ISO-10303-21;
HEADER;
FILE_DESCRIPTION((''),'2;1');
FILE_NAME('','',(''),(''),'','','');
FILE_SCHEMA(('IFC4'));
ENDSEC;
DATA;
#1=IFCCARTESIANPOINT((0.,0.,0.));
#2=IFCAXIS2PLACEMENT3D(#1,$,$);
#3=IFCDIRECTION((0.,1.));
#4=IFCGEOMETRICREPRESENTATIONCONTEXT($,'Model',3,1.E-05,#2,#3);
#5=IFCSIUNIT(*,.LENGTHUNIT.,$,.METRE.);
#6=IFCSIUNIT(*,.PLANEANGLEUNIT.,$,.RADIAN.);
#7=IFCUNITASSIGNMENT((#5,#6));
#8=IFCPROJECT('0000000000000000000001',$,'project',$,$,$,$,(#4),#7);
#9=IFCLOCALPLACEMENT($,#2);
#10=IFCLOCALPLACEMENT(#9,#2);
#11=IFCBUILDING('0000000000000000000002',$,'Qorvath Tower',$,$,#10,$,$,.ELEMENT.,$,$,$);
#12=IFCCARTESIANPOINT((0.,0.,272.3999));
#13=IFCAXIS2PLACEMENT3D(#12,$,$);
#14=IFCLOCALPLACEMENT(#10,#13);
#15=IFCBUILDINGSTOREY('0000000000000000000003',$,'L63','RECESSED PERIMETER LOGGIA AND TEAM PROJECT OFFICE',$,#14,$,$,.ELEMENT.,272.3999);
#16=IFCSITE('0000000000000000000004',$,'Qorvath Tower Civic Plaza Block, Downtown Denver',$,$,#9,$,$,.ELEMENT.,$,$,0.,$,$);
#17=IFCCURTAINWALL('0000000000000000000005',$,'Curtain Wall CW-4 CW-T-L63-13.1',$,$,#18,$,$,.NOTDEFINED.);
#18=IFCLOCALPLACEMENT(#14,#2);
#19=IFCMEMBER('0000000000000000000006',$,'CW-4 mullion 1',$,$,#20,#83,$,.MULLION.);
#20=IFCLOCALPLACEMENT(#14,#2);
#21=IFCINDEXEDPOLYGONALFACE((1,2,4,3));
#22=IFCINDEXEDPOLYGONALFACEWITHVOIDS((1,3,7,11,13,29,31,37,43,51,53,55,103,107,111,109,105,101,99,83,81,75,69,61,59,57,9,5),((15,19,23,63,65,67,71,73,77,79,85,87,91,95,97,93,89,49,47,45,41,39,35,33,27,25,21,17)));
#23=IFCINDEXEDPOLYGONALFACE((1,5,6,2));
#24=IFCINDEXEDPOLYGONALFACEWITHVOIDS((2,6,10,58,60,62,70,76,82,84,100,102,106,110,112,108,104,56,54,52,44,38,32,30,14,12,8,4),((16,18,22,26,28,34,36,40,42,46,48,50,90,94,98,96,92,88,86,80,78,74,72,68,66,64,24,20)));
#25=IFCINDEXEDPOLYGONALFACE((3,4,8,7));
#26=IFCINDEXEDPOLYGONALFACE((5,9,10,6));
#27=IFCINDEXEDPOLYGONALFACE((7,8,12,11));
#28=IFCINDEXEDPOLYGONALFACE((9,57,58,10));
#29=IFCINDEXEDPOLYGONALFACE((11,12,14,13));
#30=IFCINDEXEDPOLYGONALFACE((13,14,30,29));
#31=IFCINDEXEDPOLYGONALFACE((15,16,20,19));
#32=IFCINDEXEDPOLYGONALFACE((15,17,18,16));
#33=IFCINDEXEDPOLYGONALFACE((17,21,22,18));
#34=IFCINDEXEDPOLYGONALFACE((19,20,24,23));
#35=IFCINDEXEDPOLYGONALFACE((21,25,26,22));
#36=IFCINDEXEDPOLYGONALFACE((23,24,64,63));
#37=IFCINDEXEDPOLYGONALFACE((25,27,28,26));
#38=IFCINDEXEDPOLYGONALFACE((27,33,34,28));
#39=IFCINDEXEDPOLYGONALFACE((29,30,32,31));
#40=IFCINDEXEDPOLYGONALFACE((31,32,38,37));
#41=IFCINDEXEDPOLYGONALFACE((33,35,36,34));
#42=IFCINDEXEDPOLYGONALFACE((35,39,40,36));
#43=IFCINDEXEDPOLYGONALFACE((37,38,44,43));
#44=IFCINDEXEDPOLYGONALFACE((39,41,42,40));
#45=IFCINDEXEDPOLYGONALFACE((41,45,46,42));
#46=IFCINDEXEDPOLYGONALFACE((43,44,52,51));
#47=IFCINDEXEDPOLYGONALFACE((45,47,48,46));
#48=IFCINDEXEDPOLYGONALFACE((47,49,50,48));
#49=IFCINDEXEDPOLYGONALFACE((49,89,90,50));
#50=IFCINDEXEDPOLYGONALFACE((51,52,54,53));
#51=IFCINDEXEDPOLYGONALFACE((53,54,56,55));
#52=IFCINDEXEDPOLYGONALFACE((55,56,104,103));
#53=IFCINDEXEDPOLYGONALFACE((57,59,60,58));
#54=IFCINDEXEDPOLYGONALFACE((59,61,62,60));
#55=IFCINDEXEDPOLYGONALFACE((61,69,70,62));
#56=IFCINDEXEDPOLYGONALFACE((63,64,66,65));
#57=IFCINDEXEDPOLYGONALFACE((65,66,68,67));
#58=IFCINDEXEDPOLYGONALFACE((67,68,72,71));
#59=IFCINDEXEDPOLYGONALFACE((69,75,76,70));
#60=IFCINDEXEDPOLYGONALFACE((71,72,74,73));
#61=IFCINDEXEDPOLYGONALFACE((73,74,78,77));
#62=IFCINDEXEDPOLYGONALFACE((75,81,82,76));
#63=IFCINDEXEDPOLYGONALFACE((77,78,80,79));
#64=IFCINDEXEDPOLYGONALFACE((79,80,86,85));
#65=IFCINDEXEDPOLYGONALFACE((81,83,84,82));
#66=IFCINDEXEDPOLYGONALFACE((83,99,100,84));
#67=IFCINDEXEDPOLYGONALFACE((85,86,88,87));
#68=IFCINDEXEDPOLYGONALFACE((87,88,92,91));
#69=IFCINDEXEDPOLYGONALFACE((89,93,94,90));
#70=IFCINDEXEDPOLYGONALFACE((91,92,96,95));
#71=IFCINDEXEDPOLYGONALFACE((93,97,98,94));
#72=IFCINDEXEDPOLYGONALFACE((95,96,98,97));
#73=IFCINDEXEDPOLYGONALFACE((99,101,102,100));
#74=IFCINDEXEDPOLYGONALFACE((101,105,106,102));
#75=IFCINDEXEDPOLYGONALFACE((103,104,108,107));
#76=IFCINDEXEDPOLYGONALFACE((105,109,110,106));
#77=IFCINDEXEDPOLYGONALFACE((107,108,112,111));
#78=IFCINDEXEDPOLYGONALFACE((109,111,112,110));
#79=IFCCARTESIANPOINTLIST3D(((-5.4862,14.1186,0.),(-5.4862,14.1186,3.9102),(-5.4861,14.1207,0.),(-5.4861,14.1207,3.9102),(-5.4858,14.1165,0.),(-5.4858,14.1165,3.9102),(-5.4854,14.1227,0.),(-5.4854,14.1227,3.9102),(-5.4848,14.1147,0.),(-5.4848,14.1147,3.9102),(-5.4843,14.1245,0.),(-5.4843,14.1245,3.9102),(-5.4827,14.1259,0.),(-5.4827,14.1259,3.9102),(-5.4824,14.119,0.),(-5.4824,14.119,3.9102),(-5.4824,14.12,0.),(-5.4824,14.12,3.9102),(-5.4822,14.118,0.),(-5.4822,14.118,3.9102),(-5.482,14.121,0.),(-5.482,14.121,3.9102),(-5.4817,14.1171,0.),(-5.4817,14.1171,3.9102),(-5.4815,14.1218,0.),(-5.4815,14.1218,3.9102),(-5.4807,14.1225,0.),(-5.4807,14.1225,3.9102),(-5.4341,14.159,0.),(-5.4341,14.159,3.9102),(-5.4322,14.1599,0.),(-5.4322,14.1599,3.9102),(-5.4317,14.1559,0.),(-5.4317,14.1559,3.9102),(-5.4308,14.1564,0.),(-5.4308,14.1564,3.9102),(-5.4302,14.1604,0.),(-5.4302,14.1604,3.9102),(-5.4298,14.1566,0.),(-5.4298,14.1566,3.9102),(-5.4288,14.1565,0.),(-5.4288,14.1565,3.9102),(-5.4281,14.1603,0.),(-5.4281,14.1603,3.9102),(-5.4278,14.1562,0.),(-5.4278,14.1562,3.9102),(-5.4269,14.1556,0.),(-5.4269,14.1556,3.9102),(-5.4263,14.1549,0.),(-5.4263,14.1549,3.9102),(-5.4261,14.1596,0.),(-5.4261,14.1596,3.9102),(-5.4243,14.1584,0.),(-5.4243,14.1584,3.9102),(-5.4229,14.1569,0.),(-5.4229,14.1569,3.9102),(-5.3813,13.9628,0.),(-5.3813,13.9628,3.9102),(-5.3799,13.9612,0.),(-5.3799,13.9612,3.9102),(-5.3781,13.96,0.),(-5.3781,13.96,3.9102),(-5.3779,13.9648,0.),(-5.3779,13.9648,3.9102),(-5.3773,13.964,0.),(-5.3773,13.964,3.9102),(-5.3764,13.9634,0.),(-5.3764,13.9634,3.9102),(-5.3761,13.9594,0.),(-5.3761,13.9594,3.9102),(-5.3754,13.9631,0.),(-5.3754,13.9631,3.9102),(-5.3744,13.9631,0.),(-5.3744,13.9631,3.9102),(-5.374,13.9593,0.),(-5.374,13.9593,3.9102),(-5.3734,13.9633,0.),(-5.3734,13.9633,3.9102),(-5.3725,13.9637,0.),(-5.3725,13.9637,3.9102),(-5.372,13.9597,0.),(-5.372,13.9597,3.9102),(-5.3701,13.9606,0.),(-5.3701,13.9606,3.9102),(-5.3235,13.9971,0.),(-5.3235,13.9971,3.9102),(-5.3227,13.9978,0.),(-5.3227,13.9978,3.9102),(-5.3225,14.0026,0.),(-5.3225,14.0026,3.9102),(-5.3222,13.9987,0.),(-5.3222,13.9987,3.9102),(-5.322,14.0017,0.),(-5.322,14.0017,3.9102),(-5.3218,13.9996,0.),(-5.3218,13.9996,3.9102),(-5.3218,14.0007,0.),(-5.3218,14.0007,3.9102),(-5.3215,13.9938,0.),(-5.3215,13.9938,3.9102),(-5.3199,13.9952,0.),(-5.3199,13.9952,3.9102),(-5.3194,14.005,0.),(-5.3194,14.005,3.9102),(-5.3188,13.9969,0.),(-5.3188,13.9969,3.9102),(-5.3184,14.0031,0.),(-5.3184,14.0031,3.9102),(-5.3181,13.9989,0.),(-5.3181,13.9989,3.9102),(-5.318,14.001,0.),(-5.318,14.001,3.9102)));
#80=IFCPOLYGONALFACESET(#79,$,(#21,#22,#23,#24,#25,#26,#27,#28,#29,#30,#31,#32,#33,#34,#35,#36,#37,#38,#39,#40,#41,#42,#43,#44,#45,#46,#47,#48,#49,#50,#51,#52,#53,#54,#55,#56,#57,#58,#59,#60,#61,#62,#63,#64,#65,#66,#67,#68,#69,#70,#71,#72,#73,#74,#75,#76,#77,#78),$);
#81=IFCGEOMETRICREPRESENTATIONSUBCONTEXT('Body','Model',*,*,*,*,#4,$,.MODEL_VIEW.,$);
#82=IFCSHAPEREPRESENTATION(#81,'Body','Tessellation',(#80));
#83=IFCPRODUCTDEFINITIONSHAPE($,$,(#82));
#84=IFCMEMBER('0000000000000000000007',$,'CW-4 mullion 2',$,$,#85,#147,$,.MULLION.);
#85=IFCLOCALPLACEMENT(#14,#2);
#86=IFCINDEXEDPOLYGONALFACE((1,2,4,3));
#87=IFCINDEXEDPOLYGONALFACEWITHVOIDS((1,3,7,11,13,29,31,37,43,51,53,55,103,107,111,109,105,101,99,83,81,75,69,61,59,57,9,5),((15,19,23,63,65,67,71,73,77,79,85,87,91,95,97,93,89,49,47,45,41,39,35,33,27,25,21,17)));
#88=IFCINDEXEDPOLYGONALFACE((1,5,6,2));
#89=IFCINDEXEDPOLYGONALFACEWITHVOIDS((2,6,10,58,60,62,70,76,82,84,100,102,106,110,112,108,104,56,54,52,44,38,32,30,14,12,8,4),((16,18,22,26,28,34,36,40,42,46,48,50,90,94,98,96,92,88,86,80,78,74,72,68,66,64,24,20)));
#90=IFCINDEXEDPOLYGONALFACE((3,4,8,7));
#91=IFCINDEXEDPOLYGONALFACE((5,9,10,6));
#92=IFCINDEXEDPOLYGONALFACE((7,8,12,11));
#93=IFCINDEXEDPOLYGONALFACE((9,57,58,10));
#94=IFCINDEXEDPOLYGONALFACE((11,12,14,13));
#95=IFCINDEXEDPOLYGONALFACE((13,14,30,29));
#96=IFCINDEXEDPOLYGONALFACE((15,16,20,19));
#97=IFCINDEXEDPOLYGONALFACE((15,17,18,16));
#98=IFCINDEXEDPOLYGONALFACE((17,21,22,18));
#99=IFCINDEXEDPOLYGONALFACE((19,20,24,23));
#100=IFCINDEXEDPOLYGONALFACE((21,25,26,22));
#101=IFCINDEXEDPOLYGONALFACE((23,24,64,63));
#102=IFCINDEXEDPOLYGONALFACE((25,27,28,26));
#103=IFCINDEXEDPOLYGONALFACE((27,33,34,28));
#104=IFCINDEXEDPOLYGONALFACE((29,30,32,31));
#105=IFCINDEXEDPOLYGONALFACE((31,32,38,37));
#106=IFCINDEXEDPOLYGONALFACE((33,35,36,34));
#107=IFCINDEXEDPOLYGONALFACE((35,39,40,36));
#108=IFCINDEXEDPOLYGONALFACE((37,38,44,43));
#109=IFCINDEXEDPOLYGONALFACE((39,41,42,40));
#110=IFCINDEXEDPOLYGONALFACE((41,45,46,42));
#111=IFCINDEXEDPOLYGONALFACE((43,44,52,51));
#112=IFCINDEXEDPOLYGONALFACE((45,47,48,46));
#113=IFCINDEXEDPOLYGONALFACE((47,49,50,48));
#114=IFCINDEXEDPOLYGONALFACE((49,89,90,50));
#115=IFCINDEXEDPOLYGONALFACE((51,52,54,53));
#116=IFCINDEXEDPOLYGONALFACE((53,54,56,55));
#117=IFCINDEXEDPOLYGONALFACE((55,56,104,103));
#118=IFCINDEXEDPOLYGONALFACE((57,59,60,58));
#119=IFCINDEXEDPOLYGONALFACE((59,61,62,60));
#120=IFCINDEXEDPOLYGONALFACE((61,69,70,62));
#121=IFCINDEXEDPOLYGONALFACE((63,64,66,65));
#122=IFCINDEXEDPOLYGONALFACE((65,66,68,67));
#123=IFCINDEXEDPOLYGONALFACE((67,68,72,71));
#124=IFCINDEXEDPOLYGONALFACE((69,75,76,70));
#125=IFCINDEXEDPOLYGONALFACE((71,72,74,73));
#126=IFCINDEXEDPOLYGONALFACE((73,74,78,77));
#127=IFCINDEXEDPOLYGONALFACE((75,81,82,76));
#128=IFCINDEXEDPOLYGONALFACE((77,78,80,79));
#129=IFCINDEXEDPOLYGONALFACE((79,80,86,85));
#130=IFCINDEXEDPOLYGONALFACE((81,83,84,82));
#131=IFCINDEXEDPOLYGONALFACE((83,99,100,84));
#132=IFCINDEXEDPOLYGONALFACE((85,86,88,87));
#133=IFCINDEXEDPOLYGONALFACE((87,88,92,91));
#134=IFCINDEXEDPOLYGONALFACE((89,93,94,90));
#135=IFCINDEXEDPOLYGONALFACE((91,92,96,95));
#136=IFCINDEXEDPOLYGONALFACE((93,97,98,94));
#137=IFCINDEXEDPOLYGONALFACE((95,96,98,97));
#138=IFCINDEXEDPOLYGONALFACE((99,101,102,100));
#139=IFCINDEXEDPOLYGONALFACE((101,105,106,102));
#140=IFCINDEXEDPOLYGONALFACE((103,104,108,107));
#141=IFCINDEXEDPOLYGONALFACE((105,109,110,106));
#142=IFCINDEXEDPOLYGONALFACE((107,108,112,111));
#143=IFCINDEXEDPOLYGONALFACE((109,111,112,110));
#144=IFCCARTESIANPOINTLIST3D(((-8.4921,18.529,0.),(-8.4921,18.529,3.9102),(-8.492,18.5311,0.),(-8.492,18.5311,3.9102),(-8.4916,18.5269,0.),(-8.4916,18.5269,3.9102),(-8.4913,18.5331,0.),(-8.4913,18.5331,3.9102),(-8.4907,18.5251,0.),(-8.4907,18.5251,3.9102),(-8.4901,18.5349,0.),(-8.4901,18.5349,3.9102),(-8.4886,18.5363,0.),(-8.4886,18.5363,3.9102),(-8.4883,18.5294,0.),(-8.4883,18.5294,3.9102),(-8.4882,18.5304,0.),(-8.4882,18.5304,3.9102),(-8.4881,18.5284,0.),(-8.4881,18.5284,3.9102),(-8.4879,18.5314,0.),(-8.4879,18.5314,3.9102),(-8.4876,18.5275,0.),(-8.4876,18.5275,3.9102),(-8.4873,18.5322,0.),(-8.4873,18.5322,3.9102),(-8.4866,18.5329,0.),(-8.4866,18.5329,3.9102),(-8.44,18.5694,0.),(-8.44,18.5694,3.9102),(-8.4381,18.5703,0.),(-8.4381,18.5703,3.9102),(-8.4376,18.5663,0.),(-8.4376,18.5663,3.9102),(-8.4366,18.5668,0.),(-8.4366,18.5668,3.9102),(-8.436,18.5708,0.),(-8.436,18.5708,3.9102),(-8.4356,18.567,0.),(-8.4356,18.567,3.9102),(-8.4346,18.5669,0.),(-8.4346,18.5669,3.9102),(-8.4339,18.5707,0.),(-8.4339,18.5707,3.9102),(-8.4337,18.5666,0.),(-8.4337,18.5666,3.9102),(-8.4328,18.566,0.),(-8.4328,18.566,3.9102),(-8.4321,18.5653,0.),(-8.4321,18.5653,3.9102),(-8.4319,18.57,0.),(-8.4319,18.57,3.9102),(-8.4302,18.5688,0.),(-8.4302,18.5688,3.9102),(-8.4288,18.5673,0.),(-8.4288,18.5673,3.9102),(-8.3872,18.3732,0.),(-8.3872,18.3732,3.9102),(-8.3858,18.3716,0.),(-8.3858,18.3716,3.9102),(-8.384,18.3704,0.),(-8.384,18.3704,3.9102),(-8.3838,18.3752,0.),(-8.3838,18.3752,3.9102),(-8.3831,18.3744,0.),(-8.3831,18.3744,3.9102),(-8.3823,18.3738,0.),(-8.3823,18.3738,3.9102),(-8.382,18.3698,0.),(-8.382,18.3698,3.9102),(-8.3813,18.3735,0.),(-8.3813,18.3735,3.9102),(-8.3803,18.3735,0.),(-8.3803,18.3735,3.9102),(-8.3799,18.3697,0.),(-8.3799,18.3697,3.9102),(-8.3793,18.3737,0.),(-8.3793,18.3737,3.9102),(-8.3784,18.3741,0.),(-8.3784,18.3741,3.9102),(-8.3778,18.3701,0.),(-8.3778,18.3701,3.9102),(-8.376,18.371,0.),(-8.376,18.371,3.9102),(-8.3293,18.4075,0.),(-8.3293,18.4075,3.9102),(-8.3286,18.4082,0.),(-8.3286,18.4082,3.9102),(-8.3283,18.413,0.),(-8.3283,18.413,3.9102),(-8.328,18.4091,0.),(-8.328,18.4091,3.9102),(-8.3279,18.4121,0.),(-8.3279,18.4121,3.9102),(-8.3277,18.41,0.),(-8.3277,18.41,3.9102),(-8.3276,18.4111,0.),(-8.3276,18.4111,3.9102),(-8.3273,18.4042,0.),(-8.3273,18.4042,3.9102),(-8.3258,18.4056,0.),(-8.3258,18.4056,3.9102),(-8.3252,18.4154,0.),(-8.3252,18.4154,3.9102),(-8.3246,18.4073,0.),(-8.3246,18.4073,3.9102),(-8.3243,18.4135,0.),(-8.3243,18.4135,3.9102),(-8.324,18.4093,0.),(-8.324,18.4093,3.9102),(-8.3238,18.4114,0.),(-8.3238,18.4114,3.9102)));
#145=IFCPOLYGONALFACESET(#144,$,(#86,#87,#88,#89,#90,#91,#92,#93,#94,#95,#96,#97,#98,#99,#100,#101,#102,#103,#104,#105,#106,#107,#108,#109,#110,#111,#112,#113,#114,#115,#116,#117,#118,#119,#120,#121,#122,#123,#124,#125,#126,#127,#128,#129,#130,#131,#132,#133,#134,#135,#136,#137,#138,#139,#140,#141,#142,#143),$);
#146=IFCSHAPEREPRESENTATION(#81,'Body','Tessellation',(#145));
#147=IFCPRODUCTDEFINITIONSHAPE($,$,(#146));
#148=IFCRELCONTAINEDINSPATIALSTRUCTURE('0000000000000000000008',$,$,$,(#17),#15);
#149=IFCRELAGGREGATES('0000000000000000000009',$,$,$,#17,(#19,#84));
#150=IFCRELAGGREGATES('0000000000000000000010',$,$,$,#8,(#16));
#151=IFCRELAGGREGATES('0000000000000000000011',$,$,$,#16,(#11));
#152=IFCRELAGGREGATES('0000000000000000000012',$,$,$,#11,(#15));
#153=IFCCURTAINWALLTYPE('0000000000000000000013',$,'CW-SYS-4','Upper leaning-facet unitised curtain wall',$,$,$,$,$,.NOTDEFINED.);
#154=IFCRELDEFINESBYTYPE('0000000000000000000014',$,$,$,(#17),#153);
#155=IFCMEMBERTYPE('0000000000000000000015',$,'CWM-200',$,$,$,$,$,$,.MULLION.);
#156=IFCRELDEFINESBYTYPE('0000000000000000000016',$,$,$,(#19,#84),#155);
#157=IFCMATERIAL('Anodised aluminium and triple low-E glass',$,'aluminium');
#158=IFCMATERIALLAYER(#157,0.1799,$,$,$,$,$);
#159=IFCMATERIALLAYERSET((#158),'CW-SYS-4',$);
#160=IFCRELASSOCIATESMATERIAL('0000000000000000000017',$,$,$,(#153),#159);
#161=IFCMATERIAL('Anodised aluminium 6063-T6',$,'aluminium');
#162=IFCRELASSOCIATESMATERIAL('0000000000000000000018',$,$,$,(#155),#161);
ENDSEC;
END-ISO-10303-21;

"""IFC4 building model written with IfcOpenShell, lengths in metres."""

from ifc_helpers import new_model, si_unit, direction, frame, origin, origin_2d, place, context, subcontext, project, spatial, hollow_rectangle, extrude, material, layer, layer_set, material_profile, profile_set, type_object, element, aggregate, save


model = new_model("IFC4")

# Units and contexts
model_context = context("Model", 3, precision=1e-05, world=origin(), true_north=direction((0.0, 1.0)))
body_context = subcontext(model_context, "Body", "Model", "MODEL_VIEW")
ifc_project = project(units=[si_unit("LENGTHUNIT", "METRE"), si_unit("PLANEANGLEUNIT", "RADIAN")], contexts=[model_context])

# Site, building, storey
site_placement = place(None, origin())
site = spatial("IfcSite", under=ifc_project, at=site_placement, Name="Qorvath Tower Civic Plaza Block, Downtown Denver", CompositionType="ELEMENT", RefElevation=0.0)
building_placement = place(site_placement, origin())
building = spatial("IfcBuilding", under=site, at=building_placement, Name="Qorvath Tower", CompositionType="ELEMENT")
storey_placement = place(building_placement, frame((0.0, 0.0, 272.3999)))
storey = spatial("IfcBuildingStorey", under=building, at=storey_placement, Name="L63", Description="RECESSED PERIMETER LOGGIA AND TEAM PROJECT OFFICE", CompositionType="ELEMENT", Elevation=272.3999)

# Shared definitions
ifc_material_1 = material(Name="Anodised aluminium and triple low-E glass", Category="aluminium")
ifc_layer_1 = layer(ifc_material_1, 0.1799)
ifc_layer_set_1 = layer_set([ifc_layer_1], Name="CW-SYS-4")
curtain_wall_type = type_object("IfcCurtainWallType", Name="CW-SYS-4", Description="Upper leaning-facet unitised curtain wall", PredefinedType="NOTDEFINED", material=ifc_layer_set_1)
ifc_material_2 = material(Name="Anodised aluminium 6063-T6", Category="aluminium")
ifc_material_profile_1 = material_profile(ifc_material_2, hollow_rectangle(XDim=0.075, YDim=0.2, WallThickness=0.0039, InnerFilletRadius=0.0039, OuterFilletRadius=0.0081, at=origin_2d()), Name="CWM 200x75")
ifc_profile_set_1 = profile_set([ifc_material_profile_1], Name="Anodised aluminium 6063-T6")
member_type_1 = type_object("IfcMemberType", Name="CWM-200", PredefinedType="MULLION", material=ifc_profile_set_1)

# Curtain wall, members
curtain_wall_1_placement = place(storey_placement, origin())
curtain_wall_1 = element("IfcCurtainWall", 1, at=curtain_wall_1_placement, inside=storey, type_object=curtain_wall_type, Name="Curtain Wall CW-4 CW-T-L63-13.1", PredefinedType="NOTDEFINED")
member_1_placement = place(storey_placement, frame((-5.4021, 14.0598, 0.0), z_axis=(0.0, 0.0, 1.0), x_axis=(-0.826319, -0.563203, 0.0)))
member_1 = element("IfcMember", 2, at=member_1_placement, type_object=member_type_1, Name="CW-4 mullion 1", PredefinedType="MULLION", context=body_context, shape_type="SweptSolid", body=[
    extrude(hollow_rectangle(XDim=0.075, YDim=0.2, WallThickness=0.0039, InnerFilletRadius=0.0039, OuterFilletRadius=0.0081, at=origin_2d()), origin(), (0.0, 0.0, 1.0), 3.9102),
])
member_2_placement = place(storey_placement, frame((-8.408, 18.4702, 0.0), z_axis=(0.0, 0.0, 1.0), x_axis=(-0.826319, -0.563203, 0.0)))
member_2 = element("IfcMember", 3, at=member_2_placement, type_object=member_type_1, Name="CW-4 mullion 2", PredefinedType="MULLION", context=body_context, shape_type="SweptSolid", body=[
    extrude(hollow_rectangle(XDim=0.075, YDim=0.2, WallThickness=0.0039, InnerFilletRadius=0.0039, OuterFilletRadius=0.0081, at=origin_2d()), origin(), (0.0, 0.0, 1.0), 3.9102),
])

aggregate(curtain_wall_1, [member_1, member_2])

save(model, "model.ifc")
